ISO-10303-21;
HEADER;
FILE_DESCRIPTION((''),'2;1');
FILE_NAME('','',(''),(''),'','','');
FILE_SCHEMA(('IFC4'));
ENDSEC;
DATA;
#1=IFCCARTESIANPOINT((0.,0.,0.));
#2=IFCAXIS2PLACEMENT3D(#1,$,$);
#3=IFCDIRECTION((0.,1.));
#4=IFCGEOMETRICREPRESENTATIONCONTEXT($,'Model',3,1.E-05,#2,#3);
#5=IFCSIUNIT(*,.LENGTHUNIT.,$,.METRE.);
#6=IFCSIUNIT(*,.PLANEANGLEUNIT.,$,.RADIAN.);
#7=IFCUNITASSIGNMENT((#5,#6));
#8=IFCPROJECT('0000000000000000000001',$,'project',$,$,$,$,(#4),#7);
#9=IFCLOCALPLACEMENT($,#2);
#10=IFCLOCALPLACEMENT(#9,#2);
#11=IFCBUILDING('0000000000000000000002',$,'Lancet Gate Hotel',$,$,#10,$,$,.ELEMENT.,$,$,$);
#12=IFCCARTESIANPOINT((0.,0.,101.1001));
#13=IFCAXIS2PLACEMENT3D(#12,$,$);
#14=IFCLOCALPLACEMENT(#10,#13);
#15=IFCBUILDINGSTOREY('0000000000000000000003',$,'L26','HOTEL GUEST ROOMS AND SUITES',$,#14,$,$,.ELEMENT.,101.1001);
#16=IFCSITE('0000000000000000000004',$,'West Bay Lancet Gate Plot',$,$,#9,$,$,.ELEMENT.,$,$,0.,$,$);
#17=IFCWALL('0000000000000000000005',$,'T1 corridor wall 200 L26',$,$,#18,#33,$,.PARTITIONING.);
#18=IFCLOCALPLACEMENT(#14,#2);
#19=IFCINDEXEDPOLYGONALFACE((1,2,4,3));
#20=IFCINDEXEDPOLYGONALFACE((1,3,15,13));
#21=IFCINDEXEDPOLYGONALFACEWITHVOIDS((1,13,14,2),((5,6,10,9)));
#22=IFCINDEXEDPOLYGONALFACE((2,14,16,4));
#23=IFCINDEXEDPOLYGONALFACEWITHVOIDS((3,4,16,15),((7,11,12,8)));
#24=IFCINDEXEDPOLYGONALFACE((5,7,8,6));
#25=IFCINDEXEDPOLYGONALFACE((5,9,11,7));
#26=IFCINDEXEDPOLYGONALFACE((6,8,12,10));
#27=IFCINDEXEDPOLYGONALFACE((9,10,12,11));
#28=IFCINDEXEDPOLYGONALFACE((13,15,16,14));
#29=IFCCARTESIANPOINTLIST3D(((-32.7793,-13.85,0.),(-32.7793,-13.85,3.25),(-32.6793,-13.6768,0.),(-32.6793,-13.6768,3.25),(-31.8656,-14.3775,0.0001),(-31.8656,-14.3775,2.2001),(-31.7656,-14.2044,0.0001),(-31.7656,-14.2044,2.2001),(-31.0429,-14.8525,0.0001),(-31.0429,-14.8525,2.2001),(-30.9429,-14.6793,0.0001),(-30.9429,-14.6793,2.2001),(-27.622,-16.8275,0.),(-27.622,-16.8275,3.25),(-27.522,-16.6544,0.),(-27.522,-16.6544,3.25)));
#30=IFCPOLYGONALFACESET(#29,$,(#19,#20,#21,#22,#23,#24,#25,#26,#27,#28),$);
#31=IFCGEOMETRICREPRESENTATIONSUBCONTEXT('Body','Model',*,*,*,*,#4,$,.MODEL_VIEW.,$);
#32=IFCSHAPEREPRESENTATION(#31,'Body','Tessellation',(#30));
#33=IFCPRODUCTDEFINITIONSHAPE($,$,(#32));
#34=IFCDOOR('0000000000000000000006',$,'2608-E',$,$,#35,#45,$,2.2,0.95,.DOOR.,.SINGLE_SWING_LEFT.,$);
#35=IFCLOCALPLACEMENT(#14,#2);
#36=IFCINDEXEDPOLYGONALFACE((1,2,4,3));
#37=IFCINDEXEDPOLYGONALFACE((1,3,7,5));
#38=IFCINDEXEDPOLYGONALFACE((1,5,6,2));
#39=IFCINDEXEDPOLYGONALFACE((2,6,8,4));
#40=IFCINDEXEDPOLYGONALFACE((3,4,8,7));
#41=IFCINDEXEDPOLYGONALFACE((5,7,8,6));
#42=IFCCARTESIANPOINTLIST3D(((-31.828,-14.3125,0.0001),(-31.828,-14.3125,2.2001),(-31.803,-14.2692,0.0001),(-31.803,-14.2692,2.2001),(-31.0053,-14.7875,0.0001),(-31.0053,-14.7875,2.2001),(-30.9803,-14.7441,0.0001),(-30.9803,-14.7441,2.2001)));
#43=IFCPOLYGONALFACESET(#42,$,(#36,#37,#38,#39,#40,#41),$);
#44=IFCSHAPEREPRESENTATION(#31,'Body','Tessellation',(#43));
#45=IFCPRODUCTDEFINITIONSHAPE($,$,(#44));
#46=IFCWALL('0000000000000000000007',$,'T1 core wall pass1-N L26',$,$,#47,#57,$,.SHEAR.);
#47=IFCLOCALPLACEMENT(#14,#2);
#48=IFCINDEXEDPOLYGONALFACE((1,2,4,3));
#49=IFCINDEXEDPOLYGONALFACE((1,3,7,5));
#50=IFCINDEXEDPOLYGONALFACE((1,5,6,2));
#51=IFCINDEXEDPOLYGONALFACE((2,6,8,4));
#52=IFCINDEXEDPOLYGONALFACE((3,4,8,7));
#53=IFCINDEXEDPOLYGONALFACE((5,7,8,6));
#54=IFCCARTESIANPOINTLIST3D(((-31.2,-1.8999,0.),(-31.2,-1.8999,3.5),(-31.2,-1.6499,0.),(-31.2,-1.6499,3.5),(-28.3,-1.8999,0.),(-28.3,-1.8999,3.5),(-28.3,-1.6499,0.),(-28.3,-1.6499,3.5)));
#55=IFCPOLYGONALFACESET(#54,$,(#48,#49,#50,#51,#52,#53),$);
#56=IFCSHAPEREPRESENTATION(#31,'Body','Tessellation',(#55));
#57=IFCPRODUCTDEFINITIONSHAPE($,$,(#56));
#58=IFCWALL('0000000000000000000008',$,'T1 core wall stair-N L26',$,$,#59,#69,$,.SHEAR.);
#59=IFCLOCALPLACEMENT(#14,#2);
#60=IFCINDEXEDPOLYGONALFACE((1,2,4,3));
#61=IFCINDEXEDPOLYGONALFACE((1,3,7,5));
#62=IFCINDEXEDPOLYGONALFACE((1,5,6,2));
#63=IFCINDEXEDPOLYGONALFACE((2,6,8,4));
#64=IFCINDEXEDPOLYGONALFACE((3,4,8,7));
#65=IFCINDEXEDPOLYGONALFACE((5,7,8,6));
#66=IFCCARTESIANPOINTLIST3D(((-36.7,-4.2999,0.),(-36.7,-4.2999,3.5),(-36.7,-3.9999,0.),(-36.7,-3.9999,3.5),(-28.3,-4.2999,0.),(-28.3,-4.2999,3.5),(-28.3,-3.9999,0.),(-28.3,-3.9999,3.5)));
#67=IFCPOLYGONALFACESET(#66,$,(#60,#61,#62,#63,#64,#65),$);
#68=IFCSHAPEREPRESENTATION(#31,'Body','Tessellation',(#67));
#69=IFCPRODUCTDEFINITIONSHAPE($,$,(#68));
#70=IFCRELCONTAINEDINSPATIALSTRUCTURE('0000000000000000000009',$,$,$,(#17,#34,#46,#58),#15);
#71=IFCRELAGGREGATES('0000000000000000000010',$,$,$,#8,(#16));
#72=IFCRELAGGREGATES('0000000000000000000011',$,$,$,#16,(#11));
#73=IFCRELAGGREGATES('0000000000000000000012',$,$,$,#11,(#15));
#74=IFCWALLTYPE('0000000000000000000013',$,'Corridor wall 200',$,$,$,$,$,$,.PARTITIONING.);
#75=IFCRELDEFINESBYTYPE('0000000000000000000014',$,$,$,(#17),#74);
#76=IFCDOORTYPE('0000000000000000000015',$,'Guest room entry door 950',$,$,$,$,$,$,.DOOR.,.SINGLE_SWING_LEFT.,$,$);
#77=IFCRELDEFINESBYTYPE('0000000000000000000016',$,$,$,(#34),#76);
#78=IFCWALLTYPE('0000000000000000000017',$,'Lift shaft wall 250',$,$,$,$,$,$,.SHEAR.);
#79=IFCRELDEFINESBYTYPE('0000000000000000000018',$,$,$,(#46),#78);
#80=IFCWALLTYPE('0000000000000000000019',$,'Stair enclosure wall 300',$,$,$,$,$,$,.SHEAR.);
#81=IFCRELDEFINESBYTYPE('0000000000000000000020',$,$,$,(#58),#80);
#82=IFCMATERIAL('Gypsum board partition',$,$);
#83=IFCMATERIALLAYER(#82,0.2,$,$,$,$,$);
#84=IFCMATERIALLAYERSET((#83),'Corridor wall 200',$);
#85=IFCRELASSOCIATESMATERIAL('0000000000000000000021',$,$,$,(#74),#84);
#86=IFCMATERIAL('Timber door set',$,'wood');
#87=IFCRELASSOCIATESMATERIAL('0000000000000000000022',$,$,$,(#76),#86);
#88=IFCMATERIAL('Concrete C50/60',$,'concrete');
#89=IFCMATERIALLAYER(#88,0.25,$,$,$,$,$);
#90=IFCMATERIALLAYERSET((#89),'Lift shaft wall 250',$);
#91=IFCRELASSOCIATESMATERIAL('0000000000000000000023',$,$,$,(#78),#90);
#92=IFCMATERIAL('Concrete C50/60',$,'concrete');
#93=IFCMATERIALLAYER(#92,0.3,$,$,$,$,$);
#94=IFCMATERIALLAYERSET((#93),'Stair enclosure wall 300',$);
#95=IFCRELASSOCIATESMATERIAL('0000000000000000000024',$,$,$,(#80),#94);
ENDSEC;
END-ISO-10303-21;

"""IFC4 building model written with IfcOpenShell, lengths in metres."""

from ifc_helpers import new_model, si_unit, direction, frame, frame_2d, origin, place, context, subcontext, project, spatial, rectangle, extrude, material, layer, layer_set, type_object, element, fill, save


model = new_model("IFC4")

# Units and contexts
model_context = context("Model", 3, precision=1e-05, world=origin(), true_north=direction((0.0, 1.0)))
body_context = subcontext(model_context, "Body", "Model", "MODEL_VIEW")
ifc_project = project(units=[si_unit("LENGTHUNIT", "METRE"), si_unit("PLANEANGLEUNIT", "RADIAN")], contexts=[model_context])

# Site, building, storey
site_placement = place(None, origin())
site = spatial("IfcSite", under=ifc_project, at=site_placement, Name="West Bay Lancet Gate Plot", CompositionType="ELEMENT", RefElevation=0.0)
building_placement = place(site_placement, origin())
building = spatial("IfcBuilding", under=site, at=building_placement, Name="Lancet Gate Hotel", CompositionType="ELEMENT")
storey_placement = place(building_placement, frame((0.0, 0.0, 101.1001)))
storey = spatial("IfcBuildingStorey", under=building, at=storey_placement, Name="L26", Description="HOTEL GUEST ROOMS AND SUITES", CompositionType="ELEMENT", Elevation=101.1001)

# Wall, opening, door
ifc_material_1 = material(Name="Gypsum board partition")
ifc_layer_1 = layer(ifc_material_1, 0.2)
ifc_layer_set_1 = layer_set([ifc_layer_1], Name="Corridor wall 200")
wall_type_1 = type_object("IfcWallType", Name="Corridor wall 200", PredefinedType="PARTITIONING", material=ifc_layer_set_1)
wall_1_placement = place(storey_placement, frame((-27.572, -16.741, 0.0), z_axis=(0.0, 0.0, 1.0), x_axis=(-0.866024, 0.500002, 0.0)))
wall_1 = element("IfcWall", 1, at=wall_1_placement, inside=storey, type_object=wall_type_1, Name="T1 corridor wall 200 L26", PredefinedType="PARTITIONING", context=body_context, shape_type="SweptSolid", body=[
    extrude(rectangle(XDim=5.9551, YDim=0.2, at=frame_2d((2.9775, 0.0))), origin(), (0.0, 0.0, 1.0), 3.25),
])
opening_1_placement = place(wall_1_placement, frame((3.95, 0.0, 0.0)))
opening_1 = element("IfcOpeningElement", 2, at=opening_1_placement, cuts=wall_1, PredefinedType="OPENING", context=body_context, shape_type="SweptSolid", body=[
    extrude(rectangle(XDim=0.95, YDim=2.2, at=frame_2d((0.4751, 1.1001))), frame((0.0, 0.1099, 0.0), z_axis=(0.0, -1.0, 0.0), x_axis=(1.0, 0.0, 0.0)), (0.0, 0.0, 1.0), 0.22),
])
ifc_material_2 = material(Name="Timber door set", Category="wood")
door_type_1 = type_object("IfcDoorType", Name="Guest room entry door 950", OperationType="SINGLE_SWING_LEFT", PredefinedType="DOOR", material=ifc_material_2)
door_1_placement = place(opening_1_placement, origin())
door_1 = element("IfcDoor", 3, at=door_1_placement, inside=storey, type_object=door_type_1, Name="2608-E", OperationType="SINGLE_SWING_LEFT", OverallHeight=2.2, OverallWidth=0.95, PredefinedType="DOOR", context=body_context, shape_type="SweptSolid", body=[
    extrude(rectangle(XDim=0.95, YDim=2.2, at=frame_2d((0.4751, 1.1001))), frame((0.0, 0.0249, 0.0), z_axis=(0.0, -1.0, 0.0), x_axis=(1.0, 0.0, 0.0)), (0.0, 0.0, 1.0), 0.05),
])
fill(opening_1, door_1)

# Walls
ifc_material_3 = material(Name="Concrete C50/60", Category="concrete")
ifc_layer_2 = layer(ifc_material_3, 0.25)
ifc_layer_set_2 = layer_set([ifc_layer_2], Name="Lift shaft wall 250")
wall_type_2 = type_object("IfcWallType", Name="Lift shaft wall 250", PredefinedType="SHEAR", material=ifc_layer_set_2)
wall_2_placement = place(storey_placement, frame((-28.3, -1.7749, 0.0), z_axis=(0.0, 0.0, 1.0), x_axis=(-1.0, 0.0, 0.0)))
element("IfcWall", 4, at=wall_2_placement, inside=storey, type_object=wall_type_2, Name="T1 core wall pass1-N L26", PredefinedType="SHEAR", context=body_context, shape_type="SweptSolid", body=[
    extrude(rectangle(XDim=2.8999, YDim=0.25, at=frame_2d((1.45, 0.0))), origin(), (0.0, 0.0, 1.0), 3.5),
])
ifc_material_4 = material(Name="Concrete C50/60", Category="concrete")
ifc_layer_3 = layer(ifc_material_4, 0.3)
ifc_layer_set_3 = layer_set([ifc_layer_3], Name="Stair enclosure wall 300")
wall_type_3 = type_object("IfcWallType", Name="Stair enclosure wall 300", PredefinedType="SHEAR", material=ifc_layer_set_3)
wall_3_placement = place(storey_placement, frame((-28.3, -4.1499, 0.0), z_axis=(0.0, 0.0, 1.0), x_axis=(-1.0, 0.0, 0.0)))
element("IfcWall", 5, at=wall_3_placement, inside=storey, type_object=wall_type_3, Name="T1 core wall stair-N L26", PredefinedType="SHEAR", context=body_context, shape_type="SweptSolid", body=[
    extrude(rectangle(XDim=8.3999, YDim=0.3, at=frame_2d((4.2, 0.0))), origin(), (0.0, 0.0, 1.0), 3.5),
])

save(model, "model.ifc")
